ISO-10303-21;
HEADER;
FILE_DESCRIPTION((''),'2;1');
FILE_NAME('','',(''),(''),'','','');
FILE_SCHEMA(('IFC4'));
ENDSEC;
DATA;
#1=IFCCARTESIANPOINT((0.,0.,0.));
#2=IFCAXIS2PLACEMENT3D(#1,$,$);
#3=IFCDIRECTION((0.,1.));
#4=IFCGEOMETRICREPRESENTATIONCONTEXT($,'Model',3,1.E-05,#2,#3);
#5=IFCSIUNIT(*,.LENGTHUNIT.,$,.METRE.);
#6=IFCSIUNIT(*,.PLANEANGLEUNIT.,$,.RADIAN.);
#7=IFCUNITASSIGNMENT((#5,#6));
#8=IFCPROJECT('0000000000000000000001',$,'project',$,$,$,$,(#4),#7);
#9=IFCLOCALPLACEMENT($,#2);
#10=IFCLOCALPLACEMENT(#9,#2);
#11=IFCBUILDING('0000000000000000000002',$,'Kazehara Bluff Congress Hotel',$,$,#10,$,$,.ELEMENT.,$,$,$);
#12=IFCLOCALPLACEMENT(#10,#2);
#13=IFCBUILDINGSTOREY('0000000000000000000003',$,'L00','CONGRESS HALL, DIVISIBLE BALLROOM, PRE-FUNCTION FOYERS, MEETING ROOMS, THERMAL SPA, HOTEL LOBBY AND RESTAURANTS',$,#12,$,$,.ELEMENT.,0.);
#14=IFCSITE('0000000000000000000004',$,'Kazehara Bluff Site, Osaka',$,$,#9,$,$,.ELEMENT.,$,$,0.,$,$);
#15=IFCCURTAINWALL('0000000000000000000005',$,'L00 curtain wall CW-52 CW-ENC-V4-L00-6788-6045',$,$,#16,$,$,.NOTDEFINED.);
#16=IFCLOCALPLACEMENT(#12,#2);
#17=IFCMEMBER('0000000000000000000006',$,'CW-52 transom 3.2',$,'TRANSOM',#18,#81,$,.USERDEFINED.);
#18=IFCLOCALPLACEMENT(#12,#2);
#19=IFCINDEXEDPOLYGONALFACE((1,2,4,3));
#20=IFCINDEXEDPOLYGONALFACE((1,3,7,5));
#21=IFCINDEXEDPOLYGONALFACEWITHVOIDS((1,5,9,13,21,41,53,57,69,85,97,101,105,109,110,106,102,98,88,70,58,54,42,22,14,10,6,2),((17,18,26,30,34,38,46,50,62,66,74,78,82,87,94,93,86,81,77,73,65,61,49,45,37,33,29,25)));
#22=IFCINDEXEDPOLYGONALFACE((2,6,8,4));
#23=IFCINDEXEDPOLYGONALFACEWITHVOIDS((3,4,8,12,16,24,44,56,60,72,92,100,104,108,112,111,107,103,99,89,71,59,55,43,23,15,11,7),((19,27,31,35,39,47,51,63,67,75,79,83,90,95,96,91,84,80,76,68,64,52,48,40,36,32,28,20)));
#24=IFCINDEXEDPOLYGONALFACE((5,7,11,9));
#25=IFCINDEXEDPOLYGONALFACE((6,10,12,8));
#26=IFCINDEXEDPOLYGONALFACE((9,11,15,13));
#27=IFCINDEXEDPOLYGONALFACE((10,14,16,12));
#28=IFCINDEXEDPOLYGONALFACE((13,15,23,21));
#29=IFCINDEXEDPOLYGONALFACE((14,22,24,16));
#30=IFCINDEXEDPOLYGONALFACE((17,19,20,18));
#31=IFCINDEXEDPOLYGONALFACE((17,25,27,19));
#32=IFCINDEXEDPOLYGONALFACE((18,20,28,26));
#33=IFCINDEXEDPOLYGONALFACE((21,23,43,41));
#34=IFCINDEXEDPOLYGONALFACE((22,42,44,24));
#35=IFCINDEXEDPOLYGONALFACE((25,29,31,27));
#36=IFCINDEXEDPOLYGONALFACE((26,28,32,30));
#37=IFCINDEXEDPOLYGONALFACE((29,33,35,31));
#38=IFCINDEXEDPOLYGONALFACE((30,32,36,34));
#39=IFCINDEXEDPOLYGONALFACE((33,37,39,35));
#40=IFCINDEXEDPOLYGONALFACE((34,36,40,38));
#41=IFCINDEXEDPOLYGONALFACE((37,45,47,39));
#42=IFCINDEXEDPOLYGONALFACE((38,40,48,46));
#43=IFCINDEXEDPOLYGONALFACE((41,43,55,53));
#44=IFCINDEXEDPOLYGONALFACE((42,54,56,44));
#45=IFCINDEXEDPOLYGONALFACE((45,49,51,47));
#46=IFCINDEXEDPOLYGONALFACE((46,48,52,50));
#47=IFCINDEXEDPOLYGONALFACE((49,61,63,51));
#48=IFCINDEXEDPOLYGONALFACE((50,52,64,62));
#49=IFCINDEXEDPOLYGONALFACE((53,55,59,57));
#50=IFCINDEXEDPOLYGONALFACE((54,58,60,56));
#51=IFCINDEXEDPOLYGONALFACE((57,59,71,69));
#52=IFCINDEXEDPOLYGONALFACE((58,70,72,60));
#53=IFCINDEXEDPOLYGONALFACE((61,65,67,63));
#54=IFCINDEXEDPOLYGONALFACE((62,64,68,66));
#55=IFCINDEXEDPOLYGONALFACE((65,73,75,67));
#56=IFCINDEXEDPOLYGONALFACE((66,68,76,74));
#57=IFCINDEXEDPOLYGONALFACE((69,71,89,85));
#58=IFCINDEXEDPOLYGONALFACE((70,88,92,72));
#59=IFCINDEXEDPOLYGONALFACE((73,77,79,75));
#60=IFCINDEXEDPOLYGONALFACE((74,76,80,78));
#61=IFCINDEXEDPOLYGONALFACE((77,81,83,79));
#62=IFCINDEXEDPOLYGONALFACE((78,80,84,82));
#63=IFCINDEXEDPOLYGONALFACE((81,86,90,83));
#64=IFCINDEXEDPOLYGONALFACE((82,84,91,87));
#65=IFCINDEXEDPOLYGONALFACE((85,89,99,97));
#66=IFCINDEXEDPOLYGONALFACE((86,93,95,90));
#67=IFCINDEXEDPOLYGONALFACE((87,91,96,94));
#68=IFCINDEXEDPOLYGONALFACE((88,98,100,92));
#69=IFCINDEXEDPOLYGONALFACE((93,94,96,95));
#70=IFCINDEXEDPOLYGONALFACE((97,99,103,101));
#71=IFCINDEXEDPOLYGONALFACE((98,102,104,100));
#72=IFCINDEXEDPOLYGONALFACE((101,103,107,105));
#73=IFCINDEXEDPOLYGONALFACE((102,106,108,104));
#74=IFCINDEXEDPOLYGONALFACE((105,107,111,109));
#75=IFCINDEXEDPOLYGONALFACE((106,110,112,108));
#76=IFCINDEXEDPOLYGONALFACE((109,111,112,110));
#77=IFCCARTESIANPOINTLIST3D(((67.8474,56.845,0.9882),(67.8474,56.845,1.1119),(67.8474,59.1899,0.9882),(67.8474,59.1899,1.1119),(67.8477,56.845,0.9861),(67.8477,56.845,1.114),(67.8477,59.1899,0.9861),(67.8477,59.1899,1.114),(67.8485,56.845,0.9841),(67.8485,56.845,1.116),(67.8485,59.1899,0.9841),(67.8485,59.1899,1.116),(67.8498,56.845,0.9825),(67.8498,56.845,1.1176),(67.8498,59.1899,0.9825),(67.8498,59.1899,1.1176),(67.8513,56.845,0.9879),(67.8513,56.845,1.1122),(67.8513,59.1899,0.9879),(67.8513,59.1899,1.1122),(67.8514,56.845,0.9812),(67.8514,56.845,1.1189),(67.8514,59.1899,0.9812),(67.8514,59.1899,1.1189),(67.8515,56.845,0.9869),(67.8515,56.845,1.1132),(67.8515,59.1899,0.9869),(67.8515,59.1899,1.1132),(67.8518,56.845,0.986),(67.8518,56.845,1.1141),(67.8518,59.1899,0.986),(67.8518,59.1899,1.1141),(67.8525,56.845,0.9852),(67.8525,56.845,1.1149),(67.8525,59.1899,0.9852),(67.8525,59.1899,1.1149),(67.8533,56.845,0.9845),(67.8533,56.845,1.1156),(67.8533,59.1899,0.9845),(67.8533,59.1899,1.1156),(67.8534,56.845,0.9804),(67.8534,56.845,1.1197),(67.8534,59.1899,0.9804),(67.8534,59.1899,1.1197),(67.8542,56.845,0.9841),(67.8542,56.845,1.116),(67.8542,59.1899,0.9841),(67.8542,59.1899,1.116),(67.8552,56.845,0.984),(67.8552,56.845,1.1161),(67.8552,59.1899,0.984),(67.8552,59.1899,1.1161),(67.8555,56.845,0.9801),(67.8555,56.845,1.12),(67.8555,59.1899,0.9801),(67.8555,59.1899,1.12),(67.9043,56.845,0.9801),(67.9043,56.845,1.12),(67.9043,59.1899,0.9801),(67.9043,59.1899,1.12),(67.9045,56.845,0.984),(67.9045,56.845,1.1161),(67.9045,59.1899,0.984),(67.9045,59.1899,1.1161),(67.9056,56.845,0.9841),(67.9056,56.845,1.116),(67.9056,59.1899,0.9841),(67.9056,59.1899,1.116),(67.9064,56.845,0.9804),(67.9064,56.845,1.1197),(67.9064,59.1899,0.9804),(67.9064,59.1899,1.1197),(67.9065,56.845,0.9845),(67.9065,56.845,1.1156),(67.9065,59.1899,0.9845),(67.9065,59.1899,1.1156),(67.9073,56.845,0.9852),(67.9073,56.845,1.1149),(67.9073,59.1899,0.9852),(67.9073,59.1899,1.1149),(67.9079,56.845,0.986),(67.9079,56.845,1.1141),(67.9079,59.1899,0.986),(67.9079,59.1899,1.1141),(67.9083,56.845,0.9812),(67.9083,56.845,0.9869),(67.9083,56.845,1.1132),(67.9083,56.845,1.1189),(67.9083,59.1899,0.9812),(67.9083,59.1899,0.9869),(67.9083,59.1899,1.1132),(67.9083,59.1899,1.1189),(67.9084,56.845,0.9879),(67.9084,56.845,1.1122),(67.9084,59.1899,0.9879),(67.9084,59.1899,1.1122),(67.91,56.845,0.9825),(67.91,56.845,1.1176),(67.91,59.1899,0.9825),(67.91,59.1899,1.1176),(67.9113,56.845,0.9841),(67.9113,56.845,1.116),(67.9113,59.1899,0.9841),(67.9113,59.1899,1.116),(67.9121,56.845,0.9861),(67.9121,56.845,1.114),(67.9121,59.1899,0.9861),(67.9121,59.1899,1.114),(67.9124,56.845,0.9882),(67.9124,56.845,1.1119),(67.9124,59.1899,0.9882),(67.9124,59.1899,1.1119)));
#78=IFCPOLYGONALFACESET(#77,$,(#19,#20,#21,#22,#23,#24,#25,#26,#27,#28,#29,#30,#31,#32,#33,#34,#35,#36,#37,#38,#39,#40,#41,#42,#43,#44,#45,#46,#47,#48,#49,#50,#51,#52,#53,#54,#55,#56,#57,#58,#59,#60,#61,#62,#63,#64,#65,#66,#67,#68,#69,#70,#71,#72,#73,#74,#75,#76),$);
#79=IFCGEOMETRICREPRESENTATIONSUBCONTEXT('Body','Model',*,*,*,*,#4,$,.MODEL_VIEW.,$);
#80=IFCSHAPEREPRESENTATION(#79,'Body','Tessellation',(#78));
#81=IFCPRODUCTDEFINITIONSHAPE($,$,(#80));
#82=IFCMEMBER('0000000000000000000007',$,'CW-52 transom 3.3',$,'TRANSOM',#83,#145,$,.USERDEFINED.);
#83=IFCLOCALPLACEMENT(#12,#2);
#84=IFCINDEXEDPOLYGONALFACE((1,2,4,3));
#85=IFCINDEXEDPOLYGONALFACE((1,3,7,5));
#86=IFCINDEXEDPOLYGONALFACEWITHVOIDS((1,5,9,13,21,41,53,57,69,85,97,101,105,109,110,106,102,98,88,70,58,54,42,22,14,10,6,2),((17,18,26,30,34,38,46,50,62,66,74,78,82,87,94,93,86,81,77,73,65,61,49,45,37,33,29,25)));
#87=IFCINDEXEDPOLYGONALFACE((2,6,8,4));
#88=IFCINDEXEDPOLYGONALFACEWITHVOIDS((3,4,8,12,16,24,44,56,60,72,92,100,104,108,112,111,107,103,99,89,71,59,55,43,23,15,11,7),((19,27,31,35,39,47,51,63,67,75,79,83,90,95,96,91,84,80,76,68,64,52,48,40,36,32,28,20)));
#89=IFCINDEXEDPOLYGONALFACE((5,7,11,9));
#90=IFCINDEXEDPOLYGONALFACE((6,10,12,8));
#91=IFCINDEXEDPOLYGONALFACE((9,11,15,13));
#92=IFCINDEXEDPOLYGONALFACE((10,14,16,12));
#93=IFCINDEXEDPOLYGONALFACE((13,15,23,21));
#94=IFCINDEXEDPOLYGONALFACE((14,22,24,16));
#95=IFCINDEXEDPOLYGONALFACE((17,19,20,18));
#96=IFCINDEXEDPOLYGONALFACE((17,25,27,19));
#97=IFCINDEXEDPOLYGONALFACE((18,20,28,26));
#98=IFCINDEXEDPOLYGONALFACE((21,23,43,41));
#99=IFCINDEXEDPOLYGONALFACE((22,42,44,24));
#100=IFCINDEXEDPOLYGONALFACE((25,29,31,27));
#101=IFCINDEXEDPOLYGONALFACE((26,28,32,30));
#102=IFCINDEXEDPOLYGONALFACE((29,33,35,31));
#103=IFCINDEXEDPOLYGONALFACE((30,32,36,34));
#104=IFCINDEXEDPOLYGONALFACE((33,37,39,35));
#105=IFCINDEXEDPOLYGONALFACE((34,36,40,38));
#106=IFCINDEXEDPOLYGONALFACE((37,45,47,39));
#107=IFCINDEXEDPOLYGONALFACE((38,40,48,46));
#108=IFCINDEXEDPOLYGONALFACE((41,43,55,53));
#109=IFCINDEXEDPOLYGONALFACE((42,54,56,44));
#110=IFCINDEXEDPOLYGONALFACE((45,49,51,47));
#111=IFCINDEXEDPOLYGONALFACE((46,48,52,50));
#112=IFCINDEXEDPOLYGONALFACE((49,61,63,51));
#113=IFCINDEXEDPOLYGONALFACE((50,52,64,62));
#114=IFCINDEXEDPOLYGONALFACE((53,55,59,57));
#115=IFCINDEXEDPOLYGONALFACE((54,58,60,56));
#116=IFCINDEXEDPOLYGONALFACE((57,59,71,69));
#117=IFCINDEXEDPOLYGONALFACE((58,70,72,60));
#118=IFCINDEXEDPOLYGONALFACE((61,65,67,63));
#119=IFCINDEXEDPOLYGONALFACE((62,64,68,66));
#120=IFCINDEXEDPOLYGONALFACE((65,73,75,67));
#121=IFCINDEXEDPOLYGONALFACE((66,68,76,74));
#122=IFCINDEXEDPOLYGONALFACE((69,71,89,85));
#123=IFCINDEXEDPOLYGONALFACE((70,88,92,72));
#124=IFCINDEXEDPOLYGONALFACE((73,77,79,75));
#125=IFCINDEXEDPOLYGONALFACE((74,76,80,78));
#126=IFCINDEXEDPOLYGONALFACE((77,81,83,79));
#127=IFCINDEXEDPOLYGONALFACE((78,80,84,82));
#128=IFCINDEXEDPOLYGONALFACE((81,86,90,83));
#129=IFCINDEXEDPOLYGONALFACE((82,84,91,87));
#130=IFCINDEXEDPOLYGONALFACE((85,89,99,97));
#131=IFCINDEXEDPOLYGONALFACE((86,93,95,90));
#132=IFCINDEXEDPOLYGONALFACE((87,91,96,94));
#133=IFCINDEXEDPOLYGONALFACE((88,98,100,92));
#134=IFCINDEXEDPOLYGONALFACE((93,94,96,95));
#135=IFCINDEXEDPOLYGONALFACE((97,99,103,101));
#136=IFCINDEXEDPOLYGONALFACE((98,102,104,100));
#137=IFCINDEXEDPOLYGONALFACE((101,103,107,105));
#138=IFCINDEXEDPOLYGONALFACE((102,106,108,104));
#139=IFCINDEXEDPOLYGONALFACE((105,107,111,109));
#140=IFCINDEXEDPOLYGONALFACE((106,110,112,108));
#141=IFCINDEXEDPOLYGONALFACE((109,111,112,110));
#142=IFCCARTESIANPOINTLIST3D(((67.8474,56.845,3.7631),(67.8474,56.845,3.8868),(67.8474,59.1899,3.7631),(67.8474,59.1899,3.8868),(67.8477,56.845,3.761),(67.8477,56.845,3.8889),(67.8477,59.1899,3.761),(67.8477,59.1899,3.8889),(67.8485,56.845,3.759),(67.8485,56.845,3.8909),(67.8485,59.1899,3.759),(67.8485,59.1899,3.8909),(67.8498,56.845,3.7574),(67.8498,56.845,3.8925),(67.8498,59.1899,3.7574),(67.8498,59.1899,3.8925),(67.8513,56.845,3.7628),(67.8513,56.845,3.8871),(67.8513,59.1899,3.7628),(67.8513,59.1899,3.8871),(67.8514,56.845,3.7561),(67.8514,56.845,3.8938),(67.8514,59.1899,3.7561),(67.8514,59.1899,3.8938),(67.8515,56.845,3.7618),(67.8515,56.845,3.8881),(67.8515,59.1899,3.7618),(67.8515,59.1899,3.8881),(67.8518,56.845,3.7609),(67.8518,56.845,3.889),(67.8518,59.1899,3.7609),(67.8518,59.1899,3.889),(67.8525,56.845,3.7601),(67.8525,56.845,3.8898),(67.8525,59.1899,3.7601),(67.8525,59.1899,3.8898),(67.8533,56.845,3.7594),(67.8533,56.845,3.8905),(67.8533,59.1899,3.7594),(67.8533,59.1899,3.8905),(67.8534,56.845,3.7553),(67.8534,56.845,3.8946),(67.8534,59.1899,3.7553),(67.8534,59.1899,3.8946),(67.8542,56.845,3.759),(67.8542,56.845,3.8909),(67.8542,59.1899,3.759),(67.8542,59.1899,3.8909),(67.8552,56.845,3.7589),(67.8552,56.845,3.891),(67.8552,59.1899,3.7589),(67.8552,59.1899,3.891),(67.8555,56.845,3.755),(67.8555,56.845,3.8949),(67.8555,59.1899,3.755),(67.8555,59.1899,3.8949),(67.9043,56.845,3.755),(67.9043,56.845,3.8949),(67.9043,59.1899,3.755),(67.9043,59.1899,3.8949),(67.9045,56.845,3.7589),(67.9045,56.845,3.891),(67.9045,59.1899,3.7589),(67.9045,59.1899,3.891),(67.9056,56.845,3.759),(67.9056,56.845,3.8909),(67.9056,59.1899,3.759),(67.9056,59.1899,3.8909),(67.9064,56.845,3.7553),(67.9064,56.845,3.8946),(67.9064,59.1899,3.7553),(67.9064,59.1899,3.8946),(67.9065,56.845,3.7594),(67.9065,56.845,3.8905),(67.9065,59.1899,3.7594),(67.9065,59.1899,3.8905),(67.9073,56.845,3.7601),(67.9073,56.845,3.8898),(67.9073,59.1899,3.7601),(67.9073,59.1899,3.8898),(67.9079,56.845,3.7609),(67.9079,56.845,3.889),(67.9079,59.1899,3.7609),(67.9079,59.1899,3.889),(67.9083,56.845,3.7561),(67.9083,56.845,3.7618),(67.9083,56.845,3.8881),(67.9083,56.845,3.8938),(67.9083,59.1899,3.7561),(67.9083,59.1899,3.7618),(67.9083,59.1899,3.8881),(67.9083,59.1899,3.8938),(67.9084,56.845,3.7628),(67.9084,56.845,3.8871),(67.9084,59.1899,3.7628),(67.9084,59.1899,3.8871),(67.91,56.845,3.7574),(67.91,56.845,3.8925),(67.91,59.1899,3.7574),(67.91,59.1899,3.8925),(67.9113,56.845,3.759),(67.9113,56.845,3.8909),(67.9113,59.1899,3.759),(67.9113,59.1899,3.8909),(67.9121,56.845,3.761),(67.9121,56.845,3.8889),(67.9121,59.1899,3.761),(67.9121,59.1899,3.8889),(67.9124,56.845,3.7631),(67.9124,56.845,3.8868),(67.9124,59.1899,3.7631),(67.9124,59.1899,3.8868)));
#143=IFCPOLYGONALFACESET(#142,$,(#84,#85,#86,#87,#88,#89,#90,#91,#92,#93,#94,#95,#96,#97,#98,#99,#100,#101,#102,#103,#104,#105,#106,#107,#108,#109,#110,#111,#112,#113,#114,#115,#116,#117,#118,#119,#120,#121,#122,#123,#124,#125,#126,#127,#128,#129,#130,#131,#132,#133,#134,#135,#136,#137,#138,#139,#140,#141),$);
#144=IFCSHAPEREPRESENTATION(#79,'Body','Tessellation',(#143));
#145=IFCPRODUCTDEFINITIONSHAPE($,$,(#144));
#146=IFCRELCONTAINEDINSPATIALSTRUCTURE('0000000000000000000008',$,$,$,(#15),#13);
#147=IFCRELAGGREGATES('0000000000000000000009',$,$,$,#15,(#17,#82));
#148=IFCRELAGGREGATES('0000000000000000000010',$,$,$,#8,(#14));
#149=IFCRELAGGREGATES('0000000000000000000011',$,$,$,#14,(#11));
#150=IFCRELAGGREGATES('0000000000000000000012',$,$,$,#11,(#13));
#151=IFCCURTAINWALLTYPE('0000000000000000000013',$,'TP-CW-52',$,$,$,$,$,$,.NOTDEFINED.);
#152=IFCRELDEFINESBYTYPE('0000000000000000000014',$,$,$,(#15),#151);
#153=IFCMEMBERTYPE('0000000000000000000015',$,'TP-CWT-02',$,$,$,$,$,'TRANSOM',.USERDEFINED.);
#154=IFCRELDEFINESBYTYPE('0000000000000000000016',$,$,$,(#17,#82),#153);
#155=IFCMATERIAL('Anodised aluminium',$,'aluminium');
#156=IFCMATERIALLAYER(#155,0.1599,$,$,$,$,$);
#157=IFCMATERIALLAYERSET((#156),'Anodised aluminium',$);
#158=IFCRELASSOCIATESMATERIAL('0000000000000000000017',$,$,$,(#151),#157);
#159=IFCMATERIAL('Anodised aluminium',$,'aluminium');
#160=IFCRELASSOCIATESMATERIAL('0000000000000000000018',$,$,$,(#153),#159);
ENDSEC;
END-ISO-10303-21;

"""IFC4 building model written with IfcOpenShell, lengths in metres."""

from ifc_helpers import new_model, si_unit, direction, frame, origin, origin_2d, place, context, subcontext, project, spatial, hollow_rectangle, extrude, material, layer, layer_set, material_profile, profile_set, type_object, element, aggregate, save


model = new_model("IFC4")

# Units and contexts
model_context = context("Model", 3, precision=1e-05, world=origin(), true_north=direction((0.0, 1.0)))
body_context = subcontext(model_context, "Body", "Model", "MODEL_VIEW")
ifc_project = project(units=[si_unit("LENGTHUNIT", "METRE"), si_unit("PLANEANGLEUNIT", "RADIAN")], contexts=[model_context])

# Site, building, storey
site_placement = place(None, origin())
site = spatial("IfcSite", under=ifc_project, at=site_placement, Name="Kazehara Bluff Site, Osaka", CompositionType="ELEMENT", RefElevation=0.0)
building_placement = place(site_placement, origin())
building = spatial("IfcBuilding", under=site, at=building_placement, Name="Kazehara Bluff Congress Hotel", CompositionType="ELEMENT")
storey_placement = place(building_placement, origin())
storey = spatial("IfcBuildingStorey", under=building, at=storey_placement, Name="L00", Description="CONGRESS HALL, DIVISIBLE BALLROOM, PRE-FUNCTION FOYERS, MEETING ROOMS, THERMAL SPA, HOTEL LOBBY AND RESTAURANTS", CompositionType="ELEMENT", Elevation=0.0)

# Curtain wall
ifc_material_1 = material(Name="Anodised aluminium", Category="aluminium")
ifc_layer_1 = layer(ifc_material_1, 0.1599)
ifc_layer_set_1 = layer_set([ifc_layer_1], Name="Anodised aluminium")
curtain_wall_type_1 = type_object("IfcCurtainWallType", Name="TP-CW-52", PredefinedType="NOTDEFINED", material=ifc_layer_set_1)
curtain_wall_1_placement = place(storey_placement, origin())
curtain_wall_1 = element("IfcCurtainWall", 1, at=curtain_wall_1_placement, inside=storey, type_object=curtain_wall_type_1, Name="L00 curtain wall CW-52 CW-ENC-V4-L00-6788-6045", PredefinedType="NOTDEFINED")

# Members
ifc_material_2 = material(Name="Anodised aluminium", Category="aluminium")
ifc_material_profile_1 = material_profile(ifc_material_2, hollow_rectangle(XDim=0.0649, YDim=0.1399, WallThickness=0.0039, InnerFilletRadius=0.0039, OuterFilletRadius=0.0081, at=origin_2d()))
ifc_profile_set_1 = profile_set([ifc_material_profile_1], Name="Anodised aluminium")
member_type_1 = type_object("IfcMemberType", Name="TP-CWT-02", ElementType="TRANSOM", PredefinedType="USERDEFINED", material=ifc_profile_set_1)
member_1_placement = place(storey_placement, frame((67.8799, 59.1899, 1.05), z_axis=(0.0, -1.0, 0.0), x_axis=(1.0, 0.0, 0.0)))
member_1 = element("IfcMember", 2, at=member_1_placement, type_object=member_type_1, Name="CW-52 transom 3.2", ObjectType="TRANSOM", PredefinedType="USERDEFINED", context=body_context, shape_type="SweptSolid", body=[
    extrude(hollow_rectangle(XDim=0.0649, YDim=0.1399, WallThickness=0.0039, InnerFilletRadius=0.0039, OuterFilletRadius=0.0081, at=origin_2d()), origin(), (0.0, 0.0, 1.0), 2.345),
])
member_2_placement = place(storey_placement, frame((67.8799, 59.1899, 3.825), z_axis=(0.0, -1.0, 0.0), x_axis=(1.0, 0.0, 0.0)))
member_2 = element("IfcMember", 3, at=member_2_placement, type_object=member_type_1, Name="CW-52 transom 3.3", ObjectType="TRANSOM", PredefinedType="USERDEFINED", context=body_context, shape_type="SweptSolid", body=[
    extrude(hollow_rectangle(XDim=0.0649, YDim=0.1399, WallThickness=0.0039, InnerFilletRadius=0.0039, OuterFilletRadius=0.0081, at=origin_2d()), origin(), (0.0, 0.0, 1.0), 2.345),
])

aggregate(curtain_wall_1, [member_1, member_2])

save(model, "model.ifc")
